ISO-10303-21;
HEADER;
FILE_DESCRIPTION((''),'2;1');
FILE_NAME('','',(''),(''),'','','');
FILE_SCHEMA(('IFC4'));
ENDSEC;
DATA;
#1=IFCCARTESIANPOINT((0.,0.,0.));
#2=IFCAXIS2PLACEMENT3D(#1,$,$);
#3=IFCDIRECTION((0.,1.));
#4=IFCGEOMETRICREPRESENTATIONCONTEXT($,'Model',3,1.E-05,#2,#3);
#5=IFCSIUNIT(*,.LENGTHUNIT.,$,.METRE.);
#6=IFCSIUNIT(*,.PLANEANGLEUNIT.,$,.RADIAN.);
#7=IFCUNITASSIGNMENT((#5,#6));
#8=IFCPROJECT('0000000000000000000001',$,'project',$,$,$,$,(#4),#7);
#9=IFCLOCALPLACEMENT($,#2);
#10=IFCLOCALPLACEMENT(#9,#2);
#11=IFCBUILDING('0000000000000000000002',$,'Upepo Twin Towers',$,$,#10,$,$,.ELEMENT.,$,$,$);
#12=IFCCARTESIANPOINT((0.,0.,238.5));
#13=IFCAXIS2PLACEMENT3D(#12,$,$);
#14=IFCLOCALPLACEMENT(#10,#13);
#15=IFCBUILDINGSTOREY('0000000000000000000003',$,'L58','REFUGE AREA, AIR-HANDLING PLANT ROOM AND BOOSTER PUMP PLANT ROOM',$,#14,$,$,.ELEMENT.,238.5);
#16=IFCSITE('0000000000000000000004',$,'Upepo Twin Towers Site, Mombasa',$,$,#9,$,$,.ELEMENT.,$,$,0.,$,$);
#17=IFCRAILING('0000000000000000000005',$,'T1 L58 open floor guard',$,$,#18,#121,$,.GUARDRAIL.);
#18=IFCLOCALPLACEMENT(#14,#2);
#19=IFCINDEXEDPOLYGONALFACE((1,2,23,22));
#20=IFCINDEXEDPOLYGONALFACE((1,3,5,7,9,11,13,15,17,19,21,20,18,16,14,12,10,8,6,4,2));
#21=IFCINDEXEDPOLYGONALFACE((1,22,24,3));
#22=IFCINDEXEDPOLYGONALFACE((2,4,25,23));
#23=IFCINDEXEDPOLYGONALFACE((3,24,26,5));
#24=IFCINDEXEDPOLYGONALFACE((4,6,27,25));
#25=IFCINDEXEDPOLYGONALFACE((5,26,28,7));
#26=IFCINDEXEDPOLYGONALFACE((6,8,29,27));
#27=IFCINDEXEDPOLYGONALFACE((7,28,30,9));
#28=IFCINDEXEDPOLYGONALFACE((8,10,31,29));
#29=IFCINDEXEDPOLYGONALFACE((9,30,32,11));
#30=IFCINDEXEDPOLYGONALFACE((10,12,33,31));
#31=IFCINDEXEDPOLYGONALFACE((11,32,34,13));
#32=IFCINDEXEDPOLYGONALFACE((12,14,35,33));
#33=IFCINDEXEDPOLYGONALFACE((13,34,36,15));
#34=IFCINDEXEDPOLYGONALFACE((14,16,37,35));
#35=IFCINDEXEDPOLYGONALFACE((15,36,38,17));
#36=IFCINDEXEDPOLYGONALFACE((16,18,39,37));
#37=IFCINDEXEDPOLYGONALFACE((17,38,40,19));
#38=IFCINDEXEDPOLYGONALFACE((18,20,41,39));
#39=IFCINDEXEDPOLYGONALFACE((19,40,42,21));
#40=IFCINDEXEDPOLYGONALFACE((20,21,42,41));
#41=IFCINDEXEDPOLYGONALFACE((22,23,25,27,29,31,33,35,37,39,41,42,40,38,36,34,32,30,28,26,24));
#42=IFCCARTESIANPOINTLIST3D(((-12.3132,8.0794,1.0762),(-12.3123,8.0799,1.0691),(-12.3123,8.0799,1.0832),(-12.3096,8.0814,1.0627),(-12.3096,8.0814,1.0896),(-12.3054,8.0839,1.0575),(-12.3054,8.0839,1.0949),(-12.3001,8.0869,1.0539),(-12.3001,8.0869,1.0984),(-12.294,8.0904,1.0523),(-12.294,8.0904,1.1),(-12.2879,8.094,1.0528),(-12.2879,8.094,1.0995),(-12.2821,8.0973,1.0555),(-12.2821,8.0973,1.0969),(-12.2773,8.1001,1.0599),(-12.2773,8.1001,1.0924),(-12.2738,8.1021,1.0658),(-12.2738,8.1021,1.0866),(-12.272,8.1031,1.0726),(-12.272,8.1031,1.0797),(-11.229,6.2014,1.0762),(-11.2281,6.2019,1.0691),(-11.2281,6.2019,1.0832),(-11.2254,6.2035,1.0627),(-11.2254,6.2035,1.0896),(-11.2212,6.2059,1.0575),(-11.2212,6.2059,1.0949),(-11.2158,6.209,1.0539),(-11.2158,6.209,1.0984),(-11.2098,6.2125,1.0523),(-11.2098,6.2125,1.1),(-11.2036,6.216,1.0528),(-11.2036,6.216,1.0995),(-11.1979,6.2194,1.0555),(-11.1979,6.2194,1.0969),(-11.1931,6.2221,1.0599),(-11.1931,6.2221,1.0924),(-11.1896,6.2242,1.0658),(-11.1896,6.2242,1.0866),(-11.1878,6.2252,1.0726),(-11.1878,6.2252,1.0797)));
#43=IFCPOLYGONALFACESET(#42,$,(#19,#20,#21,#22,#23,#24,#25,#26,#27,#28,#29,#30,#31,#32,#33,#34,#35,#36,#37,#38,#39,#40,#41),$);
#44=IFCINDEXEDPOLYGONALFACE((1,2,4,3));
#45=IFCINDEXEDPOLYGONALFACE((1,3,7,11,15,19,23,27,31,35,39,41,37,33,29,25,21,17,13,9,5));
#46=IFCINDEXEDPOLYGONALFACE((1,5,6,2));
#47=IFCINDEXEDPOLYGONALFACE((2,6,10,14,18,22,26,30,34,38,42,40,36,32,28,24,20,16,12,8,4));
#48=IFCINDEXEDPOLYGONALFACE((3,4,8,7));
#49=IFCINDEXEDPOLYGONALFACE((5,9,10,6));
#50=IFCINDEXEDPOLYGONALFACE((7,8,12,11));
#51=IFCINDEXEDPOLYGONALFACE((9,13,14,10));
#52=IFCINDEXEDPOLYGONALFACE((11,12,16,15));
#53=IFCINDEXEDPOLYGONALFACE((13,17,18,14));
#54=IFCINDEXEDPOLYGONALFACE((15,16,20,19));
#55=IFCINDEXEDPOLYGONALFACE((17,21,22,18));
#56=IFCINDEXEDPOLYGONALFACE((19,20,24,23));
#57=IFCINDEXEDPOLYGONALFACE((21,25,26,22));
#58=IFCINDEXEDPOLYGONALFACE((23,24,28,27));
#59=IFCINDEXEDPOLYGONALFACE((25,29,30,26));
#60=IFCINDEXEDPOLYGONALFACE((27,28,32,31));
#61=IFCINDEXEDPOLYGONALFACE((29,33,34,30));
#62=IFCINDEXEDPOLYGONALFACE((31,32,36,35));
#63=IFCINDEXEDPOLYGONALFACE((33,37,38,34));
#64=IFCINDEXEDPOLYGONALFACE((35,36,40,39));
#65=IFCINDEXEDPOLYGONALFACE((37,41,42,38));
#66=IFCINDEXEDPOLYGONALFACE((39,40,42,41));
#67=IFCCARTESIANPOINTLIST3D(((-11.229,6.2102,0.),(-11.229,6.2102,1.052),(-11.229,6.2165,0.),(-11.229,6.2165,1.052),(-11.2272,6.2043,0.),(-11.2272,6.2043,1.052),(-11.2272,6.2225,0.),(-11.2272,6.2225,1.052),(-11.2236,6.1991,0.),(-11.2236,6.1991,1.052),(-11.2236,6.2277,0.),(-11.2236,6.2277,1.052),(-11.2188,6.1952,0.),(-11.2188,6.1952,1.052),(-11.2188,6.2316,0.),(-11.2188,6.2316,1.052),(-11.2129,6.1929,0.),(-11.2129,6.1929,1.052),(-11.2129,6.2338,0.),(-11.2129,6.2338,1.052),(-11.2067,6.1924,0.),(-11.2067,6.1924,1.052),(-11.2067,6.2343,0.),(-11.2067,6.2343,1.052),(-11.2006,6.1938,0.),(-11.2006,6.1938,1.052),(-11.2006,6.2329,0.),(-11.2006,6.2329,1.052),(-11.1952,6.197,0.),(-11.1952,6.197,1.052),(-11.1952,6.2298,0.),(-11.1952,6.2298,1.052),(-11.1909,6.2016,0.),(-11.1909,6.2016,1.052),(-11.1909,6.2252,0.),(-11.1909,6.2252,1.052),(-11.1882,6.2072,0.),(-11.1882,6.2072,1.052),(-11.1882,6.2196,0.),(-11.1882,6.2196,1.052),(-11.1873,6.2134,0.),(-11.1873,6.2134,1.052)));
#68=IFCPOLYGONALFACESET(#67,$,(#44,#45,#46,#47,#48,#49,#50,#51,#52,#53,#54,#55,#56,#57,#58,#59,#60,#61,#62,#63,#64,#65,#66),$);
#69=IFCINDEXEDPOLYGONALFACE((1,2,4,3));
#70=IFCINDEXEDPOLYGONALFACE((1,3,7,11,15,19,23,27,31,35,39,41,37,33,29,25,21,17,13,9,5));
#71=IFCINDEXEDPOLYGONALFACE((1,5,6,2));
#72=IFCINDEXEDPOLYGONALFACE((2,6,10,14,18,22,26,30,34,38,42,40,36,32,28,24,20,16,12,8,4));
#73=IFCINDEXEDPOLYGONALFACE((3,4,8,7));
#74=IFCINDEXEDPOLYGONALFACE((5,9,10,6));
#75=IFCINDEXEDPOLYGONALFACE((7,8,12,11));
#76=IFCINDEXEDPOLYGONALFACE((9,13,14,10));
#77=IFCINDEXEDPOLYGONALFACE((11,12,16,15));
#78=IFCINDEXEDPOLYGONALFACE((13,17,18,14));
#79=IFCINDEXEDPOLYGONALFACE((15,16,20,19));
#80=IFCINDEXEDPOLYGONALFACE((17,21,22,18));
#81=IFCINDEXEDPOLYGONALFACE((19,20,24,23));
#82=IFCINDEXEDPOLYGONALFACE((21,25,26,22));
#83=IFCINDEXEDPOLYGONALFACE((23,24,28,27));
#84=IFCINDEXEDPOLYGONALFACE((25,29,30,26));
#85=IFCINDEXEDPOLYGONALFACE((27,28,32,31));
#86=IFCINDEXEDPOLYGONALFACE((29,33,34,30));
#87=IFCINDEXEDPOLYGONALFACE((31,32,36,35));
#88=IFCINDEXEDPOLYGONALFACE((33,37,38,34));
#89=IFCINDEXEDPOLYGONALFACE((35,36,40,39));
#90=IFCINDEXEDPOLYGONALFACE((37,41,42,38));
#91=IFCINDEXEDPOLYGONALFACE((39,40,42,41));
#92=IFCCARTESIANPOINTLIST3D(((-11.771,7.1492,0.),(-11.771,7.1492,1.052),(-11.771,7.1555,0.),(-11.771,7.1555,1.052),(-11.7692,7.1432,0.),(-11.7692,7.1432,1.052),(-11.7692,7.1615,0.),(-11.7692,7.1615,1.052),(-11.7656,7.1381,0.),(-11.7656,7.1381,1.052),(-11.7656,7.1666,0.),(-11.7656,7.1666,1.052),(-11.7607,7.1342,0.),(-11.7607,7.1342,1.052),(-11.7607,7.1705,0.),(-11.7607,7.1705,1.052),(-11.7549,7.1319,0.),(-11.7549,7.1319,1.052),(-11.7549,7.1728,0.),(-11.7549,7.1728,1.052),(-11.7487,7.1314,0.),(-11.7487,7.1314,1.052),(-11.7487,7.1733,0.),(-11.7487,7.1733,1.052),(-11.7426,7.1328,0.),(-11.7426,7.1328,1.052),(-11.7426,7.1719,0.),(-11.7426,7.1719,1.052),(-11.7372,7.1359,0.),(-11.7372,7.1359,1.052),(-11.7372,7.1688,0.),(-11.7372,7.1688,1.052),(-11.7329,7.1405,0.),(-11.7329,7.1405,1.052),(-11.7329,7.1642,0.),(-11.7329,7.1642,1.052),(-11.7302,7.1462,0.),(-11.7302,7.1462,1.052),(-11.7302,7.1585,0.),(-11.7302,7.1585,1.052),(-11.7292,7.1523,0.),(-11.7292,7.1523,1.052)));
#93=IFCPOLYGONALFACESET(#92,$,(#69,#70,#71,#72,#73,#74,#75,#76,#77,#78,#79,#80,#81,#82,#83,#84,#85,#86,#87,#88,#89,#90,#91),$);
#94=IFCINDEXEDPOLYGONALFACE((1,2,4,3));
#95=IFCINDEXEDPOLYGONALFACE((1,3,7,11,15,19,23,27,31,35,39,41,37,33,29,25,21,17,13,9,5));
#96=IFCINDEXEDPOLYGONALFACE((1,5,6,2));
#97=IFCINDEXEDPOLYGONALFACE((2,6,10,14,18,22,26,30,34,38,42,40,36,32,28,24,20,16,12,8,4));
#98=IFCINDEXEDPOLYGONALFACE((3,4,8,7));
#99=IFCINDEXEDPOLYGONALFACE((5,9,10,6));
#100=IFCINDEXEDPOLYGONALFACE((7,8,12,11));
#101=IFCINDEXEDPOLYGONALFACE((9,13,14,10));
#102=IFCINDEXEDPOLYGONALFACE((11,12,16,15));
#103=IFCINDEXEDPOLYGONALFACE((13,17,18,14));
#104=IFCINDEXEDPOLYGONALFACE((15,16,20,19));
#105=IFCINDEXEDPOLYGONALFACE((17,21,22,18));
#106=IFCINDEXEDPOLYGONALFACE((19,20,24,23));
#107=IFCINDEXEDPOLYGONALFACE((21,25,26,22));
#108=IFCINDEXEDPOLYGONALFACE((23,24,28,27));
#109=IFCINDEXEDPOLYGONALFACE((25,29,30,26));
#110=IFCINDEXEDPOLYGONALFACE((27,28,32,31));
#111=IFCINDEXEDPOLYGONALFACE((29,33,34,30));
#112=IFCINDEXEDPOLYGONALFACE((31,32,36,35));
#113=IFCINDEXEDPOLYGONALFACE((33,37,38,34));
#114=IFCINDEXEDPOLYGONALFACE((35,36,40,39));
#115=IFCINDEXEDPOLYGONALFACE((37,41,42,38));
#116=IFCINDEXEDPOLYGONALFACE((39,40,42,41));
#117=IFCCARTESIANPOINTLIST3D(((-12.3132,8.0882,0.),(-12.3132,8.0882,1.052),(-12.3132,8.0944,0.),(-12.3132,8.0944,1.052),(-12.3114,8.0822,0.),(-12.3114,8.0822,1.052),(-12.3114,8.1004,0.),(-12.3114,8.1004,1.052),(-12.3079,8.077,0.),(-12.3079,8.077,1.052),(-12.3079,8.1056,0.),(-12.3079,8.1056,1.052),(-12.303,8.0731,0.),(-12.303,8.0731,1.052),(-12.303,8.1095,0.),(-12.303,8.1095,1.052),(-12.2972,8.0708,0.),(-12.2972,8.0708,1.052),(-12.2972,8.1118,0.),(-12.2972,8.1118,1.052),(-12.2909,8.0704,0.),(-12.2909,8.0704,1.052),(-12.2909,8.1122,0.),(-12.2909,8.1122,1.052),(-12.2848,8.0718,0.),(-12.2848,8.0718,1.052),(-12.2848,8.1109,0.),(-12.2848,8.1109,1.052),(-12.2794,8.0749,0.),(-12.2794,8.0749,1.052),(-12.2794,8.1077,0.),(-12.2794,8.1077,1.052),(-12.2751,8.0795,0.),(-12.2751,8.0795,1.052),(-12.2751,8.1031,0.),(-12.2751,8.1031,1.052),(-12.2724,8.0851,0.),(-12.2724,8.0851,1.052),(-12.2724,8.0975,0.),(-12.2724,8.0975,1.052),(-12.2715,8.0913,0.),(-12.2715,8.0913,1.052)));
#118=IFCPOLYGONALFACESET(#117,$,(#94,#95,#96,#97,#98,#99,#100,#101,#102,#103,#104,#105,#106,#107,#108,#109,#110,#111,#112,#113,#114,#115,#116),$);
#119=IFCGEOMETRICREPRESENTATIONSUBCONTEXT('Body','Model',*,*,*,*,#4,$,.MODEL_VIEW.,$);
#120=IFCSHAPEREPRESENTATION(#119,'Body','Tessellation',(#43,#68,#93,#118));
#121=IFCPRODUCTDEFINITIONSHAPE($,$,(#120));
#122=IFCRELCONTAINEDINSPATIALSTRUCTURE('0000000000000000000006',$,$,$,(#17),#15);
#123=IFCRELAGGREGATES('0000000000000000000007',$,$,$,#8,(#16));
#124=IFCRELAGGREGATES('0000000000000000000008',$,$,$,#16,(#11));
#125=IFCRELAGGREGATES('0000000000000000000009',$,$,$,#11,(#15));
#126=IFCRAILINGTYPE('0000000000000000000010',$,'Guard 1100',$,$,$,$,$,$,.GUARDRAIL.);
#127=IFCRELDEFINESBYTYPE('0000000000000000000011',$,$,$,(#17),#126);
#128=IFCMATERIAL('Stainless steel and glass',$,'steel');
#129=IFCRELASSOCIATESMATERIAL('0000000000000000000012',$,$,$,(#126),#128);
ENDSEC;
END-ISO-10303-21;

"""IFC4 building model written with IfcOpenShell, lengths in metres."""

from ifc_helpers import new_model, si_unit, direction, frame, origin, origin_2d, place, context, subcontext, project, spatial, circle, extrude, material, type_object, element, save


model = new_model("IFC4")

# Units and contexts
model_context = context("Model", 3, precision=1e-05, world=origin(), true_north=direction((0.0, 1.0)))
body_context = subcontext(model_context, "Body", "Model", "MODEL_VIEW")
ifc_project = project(units=[si_unit("LENGTHUNIT", "METRE"), si_unit("PLANEANGLEUNIT", "RADIAN")], contexts=[model_context])

# Site, building, storey
site_placement = place(None, origin())
site = spatial("IfcSite", under=ifc_project, at=site_placement, Name="Upepo Twin Towers Site, Mombasa", CompositionType="ELEMENT", RefElevation=0.0)
building_placement = place(site_placement, origin())
building = spatial("IfcBuilding", under=site, at=building_placement, Name="Upepo Twin Towers", CompositionType="ELEMENT")
storey_placement = place(building_placement, frame((0.0, 0.0, 238.5)))
storey = spatial("IfcBuildingStorey", under=building, at=storey_placement, Name="L58", Description="REFUGE AREA, AIR-HANDLING PLANT ROOM AND BOOSTER PUMP PLANT ROOM", CompositionType="ELEMENT", Elevation=238.5)

# Railing
ifc_material_1 = material(Name="Stainless steel and glass", Category="steel")
railing_type_1 = type_object("IfcRailingType", Name="Guard 1100", PredefinedType="GUARDRAIL", material=ifc_material_1)
railing_1_placement = place(storey_placement, frame((-11.2083, 6.2134, 0.0)))
element("IfcRailing", 1, at=railing_1_placement, inside=storey, type_object=railing_type_1, Name="T1 L58 open floor guard", PredefinedType="GUARDRAIL", context=body_context, shape_type="SweptSolid", body=[
    extrude(circle(Radius=0.0239, at=origin_2d()), frame((0.0, 0.0, 1.0762), z_axis=(-0.500002, 0.866024, 0.0), x_axis=(-0.866024, -0.500002, 0.0)), (0.0, 0.0, 1.0), 2.1685),
    extrude(circle(Radius=0.021, at=origin_2d()), origin(), (0.0, 0.0, 1.0), 1.052),
    extrude(circle(Radius=0.021, at=origin_2d()), frame((-0.542, 0.939, 0.0)), (0.0, 0.0, 1.0), 1.052),
    extrude(circle(Radius=0.021, at=origin_2d()), frame((-1.0842, 1.8779, 0.0)), (0.0, 0.0, 1.0), 1.052),
])

save(model, "model.ifc")
